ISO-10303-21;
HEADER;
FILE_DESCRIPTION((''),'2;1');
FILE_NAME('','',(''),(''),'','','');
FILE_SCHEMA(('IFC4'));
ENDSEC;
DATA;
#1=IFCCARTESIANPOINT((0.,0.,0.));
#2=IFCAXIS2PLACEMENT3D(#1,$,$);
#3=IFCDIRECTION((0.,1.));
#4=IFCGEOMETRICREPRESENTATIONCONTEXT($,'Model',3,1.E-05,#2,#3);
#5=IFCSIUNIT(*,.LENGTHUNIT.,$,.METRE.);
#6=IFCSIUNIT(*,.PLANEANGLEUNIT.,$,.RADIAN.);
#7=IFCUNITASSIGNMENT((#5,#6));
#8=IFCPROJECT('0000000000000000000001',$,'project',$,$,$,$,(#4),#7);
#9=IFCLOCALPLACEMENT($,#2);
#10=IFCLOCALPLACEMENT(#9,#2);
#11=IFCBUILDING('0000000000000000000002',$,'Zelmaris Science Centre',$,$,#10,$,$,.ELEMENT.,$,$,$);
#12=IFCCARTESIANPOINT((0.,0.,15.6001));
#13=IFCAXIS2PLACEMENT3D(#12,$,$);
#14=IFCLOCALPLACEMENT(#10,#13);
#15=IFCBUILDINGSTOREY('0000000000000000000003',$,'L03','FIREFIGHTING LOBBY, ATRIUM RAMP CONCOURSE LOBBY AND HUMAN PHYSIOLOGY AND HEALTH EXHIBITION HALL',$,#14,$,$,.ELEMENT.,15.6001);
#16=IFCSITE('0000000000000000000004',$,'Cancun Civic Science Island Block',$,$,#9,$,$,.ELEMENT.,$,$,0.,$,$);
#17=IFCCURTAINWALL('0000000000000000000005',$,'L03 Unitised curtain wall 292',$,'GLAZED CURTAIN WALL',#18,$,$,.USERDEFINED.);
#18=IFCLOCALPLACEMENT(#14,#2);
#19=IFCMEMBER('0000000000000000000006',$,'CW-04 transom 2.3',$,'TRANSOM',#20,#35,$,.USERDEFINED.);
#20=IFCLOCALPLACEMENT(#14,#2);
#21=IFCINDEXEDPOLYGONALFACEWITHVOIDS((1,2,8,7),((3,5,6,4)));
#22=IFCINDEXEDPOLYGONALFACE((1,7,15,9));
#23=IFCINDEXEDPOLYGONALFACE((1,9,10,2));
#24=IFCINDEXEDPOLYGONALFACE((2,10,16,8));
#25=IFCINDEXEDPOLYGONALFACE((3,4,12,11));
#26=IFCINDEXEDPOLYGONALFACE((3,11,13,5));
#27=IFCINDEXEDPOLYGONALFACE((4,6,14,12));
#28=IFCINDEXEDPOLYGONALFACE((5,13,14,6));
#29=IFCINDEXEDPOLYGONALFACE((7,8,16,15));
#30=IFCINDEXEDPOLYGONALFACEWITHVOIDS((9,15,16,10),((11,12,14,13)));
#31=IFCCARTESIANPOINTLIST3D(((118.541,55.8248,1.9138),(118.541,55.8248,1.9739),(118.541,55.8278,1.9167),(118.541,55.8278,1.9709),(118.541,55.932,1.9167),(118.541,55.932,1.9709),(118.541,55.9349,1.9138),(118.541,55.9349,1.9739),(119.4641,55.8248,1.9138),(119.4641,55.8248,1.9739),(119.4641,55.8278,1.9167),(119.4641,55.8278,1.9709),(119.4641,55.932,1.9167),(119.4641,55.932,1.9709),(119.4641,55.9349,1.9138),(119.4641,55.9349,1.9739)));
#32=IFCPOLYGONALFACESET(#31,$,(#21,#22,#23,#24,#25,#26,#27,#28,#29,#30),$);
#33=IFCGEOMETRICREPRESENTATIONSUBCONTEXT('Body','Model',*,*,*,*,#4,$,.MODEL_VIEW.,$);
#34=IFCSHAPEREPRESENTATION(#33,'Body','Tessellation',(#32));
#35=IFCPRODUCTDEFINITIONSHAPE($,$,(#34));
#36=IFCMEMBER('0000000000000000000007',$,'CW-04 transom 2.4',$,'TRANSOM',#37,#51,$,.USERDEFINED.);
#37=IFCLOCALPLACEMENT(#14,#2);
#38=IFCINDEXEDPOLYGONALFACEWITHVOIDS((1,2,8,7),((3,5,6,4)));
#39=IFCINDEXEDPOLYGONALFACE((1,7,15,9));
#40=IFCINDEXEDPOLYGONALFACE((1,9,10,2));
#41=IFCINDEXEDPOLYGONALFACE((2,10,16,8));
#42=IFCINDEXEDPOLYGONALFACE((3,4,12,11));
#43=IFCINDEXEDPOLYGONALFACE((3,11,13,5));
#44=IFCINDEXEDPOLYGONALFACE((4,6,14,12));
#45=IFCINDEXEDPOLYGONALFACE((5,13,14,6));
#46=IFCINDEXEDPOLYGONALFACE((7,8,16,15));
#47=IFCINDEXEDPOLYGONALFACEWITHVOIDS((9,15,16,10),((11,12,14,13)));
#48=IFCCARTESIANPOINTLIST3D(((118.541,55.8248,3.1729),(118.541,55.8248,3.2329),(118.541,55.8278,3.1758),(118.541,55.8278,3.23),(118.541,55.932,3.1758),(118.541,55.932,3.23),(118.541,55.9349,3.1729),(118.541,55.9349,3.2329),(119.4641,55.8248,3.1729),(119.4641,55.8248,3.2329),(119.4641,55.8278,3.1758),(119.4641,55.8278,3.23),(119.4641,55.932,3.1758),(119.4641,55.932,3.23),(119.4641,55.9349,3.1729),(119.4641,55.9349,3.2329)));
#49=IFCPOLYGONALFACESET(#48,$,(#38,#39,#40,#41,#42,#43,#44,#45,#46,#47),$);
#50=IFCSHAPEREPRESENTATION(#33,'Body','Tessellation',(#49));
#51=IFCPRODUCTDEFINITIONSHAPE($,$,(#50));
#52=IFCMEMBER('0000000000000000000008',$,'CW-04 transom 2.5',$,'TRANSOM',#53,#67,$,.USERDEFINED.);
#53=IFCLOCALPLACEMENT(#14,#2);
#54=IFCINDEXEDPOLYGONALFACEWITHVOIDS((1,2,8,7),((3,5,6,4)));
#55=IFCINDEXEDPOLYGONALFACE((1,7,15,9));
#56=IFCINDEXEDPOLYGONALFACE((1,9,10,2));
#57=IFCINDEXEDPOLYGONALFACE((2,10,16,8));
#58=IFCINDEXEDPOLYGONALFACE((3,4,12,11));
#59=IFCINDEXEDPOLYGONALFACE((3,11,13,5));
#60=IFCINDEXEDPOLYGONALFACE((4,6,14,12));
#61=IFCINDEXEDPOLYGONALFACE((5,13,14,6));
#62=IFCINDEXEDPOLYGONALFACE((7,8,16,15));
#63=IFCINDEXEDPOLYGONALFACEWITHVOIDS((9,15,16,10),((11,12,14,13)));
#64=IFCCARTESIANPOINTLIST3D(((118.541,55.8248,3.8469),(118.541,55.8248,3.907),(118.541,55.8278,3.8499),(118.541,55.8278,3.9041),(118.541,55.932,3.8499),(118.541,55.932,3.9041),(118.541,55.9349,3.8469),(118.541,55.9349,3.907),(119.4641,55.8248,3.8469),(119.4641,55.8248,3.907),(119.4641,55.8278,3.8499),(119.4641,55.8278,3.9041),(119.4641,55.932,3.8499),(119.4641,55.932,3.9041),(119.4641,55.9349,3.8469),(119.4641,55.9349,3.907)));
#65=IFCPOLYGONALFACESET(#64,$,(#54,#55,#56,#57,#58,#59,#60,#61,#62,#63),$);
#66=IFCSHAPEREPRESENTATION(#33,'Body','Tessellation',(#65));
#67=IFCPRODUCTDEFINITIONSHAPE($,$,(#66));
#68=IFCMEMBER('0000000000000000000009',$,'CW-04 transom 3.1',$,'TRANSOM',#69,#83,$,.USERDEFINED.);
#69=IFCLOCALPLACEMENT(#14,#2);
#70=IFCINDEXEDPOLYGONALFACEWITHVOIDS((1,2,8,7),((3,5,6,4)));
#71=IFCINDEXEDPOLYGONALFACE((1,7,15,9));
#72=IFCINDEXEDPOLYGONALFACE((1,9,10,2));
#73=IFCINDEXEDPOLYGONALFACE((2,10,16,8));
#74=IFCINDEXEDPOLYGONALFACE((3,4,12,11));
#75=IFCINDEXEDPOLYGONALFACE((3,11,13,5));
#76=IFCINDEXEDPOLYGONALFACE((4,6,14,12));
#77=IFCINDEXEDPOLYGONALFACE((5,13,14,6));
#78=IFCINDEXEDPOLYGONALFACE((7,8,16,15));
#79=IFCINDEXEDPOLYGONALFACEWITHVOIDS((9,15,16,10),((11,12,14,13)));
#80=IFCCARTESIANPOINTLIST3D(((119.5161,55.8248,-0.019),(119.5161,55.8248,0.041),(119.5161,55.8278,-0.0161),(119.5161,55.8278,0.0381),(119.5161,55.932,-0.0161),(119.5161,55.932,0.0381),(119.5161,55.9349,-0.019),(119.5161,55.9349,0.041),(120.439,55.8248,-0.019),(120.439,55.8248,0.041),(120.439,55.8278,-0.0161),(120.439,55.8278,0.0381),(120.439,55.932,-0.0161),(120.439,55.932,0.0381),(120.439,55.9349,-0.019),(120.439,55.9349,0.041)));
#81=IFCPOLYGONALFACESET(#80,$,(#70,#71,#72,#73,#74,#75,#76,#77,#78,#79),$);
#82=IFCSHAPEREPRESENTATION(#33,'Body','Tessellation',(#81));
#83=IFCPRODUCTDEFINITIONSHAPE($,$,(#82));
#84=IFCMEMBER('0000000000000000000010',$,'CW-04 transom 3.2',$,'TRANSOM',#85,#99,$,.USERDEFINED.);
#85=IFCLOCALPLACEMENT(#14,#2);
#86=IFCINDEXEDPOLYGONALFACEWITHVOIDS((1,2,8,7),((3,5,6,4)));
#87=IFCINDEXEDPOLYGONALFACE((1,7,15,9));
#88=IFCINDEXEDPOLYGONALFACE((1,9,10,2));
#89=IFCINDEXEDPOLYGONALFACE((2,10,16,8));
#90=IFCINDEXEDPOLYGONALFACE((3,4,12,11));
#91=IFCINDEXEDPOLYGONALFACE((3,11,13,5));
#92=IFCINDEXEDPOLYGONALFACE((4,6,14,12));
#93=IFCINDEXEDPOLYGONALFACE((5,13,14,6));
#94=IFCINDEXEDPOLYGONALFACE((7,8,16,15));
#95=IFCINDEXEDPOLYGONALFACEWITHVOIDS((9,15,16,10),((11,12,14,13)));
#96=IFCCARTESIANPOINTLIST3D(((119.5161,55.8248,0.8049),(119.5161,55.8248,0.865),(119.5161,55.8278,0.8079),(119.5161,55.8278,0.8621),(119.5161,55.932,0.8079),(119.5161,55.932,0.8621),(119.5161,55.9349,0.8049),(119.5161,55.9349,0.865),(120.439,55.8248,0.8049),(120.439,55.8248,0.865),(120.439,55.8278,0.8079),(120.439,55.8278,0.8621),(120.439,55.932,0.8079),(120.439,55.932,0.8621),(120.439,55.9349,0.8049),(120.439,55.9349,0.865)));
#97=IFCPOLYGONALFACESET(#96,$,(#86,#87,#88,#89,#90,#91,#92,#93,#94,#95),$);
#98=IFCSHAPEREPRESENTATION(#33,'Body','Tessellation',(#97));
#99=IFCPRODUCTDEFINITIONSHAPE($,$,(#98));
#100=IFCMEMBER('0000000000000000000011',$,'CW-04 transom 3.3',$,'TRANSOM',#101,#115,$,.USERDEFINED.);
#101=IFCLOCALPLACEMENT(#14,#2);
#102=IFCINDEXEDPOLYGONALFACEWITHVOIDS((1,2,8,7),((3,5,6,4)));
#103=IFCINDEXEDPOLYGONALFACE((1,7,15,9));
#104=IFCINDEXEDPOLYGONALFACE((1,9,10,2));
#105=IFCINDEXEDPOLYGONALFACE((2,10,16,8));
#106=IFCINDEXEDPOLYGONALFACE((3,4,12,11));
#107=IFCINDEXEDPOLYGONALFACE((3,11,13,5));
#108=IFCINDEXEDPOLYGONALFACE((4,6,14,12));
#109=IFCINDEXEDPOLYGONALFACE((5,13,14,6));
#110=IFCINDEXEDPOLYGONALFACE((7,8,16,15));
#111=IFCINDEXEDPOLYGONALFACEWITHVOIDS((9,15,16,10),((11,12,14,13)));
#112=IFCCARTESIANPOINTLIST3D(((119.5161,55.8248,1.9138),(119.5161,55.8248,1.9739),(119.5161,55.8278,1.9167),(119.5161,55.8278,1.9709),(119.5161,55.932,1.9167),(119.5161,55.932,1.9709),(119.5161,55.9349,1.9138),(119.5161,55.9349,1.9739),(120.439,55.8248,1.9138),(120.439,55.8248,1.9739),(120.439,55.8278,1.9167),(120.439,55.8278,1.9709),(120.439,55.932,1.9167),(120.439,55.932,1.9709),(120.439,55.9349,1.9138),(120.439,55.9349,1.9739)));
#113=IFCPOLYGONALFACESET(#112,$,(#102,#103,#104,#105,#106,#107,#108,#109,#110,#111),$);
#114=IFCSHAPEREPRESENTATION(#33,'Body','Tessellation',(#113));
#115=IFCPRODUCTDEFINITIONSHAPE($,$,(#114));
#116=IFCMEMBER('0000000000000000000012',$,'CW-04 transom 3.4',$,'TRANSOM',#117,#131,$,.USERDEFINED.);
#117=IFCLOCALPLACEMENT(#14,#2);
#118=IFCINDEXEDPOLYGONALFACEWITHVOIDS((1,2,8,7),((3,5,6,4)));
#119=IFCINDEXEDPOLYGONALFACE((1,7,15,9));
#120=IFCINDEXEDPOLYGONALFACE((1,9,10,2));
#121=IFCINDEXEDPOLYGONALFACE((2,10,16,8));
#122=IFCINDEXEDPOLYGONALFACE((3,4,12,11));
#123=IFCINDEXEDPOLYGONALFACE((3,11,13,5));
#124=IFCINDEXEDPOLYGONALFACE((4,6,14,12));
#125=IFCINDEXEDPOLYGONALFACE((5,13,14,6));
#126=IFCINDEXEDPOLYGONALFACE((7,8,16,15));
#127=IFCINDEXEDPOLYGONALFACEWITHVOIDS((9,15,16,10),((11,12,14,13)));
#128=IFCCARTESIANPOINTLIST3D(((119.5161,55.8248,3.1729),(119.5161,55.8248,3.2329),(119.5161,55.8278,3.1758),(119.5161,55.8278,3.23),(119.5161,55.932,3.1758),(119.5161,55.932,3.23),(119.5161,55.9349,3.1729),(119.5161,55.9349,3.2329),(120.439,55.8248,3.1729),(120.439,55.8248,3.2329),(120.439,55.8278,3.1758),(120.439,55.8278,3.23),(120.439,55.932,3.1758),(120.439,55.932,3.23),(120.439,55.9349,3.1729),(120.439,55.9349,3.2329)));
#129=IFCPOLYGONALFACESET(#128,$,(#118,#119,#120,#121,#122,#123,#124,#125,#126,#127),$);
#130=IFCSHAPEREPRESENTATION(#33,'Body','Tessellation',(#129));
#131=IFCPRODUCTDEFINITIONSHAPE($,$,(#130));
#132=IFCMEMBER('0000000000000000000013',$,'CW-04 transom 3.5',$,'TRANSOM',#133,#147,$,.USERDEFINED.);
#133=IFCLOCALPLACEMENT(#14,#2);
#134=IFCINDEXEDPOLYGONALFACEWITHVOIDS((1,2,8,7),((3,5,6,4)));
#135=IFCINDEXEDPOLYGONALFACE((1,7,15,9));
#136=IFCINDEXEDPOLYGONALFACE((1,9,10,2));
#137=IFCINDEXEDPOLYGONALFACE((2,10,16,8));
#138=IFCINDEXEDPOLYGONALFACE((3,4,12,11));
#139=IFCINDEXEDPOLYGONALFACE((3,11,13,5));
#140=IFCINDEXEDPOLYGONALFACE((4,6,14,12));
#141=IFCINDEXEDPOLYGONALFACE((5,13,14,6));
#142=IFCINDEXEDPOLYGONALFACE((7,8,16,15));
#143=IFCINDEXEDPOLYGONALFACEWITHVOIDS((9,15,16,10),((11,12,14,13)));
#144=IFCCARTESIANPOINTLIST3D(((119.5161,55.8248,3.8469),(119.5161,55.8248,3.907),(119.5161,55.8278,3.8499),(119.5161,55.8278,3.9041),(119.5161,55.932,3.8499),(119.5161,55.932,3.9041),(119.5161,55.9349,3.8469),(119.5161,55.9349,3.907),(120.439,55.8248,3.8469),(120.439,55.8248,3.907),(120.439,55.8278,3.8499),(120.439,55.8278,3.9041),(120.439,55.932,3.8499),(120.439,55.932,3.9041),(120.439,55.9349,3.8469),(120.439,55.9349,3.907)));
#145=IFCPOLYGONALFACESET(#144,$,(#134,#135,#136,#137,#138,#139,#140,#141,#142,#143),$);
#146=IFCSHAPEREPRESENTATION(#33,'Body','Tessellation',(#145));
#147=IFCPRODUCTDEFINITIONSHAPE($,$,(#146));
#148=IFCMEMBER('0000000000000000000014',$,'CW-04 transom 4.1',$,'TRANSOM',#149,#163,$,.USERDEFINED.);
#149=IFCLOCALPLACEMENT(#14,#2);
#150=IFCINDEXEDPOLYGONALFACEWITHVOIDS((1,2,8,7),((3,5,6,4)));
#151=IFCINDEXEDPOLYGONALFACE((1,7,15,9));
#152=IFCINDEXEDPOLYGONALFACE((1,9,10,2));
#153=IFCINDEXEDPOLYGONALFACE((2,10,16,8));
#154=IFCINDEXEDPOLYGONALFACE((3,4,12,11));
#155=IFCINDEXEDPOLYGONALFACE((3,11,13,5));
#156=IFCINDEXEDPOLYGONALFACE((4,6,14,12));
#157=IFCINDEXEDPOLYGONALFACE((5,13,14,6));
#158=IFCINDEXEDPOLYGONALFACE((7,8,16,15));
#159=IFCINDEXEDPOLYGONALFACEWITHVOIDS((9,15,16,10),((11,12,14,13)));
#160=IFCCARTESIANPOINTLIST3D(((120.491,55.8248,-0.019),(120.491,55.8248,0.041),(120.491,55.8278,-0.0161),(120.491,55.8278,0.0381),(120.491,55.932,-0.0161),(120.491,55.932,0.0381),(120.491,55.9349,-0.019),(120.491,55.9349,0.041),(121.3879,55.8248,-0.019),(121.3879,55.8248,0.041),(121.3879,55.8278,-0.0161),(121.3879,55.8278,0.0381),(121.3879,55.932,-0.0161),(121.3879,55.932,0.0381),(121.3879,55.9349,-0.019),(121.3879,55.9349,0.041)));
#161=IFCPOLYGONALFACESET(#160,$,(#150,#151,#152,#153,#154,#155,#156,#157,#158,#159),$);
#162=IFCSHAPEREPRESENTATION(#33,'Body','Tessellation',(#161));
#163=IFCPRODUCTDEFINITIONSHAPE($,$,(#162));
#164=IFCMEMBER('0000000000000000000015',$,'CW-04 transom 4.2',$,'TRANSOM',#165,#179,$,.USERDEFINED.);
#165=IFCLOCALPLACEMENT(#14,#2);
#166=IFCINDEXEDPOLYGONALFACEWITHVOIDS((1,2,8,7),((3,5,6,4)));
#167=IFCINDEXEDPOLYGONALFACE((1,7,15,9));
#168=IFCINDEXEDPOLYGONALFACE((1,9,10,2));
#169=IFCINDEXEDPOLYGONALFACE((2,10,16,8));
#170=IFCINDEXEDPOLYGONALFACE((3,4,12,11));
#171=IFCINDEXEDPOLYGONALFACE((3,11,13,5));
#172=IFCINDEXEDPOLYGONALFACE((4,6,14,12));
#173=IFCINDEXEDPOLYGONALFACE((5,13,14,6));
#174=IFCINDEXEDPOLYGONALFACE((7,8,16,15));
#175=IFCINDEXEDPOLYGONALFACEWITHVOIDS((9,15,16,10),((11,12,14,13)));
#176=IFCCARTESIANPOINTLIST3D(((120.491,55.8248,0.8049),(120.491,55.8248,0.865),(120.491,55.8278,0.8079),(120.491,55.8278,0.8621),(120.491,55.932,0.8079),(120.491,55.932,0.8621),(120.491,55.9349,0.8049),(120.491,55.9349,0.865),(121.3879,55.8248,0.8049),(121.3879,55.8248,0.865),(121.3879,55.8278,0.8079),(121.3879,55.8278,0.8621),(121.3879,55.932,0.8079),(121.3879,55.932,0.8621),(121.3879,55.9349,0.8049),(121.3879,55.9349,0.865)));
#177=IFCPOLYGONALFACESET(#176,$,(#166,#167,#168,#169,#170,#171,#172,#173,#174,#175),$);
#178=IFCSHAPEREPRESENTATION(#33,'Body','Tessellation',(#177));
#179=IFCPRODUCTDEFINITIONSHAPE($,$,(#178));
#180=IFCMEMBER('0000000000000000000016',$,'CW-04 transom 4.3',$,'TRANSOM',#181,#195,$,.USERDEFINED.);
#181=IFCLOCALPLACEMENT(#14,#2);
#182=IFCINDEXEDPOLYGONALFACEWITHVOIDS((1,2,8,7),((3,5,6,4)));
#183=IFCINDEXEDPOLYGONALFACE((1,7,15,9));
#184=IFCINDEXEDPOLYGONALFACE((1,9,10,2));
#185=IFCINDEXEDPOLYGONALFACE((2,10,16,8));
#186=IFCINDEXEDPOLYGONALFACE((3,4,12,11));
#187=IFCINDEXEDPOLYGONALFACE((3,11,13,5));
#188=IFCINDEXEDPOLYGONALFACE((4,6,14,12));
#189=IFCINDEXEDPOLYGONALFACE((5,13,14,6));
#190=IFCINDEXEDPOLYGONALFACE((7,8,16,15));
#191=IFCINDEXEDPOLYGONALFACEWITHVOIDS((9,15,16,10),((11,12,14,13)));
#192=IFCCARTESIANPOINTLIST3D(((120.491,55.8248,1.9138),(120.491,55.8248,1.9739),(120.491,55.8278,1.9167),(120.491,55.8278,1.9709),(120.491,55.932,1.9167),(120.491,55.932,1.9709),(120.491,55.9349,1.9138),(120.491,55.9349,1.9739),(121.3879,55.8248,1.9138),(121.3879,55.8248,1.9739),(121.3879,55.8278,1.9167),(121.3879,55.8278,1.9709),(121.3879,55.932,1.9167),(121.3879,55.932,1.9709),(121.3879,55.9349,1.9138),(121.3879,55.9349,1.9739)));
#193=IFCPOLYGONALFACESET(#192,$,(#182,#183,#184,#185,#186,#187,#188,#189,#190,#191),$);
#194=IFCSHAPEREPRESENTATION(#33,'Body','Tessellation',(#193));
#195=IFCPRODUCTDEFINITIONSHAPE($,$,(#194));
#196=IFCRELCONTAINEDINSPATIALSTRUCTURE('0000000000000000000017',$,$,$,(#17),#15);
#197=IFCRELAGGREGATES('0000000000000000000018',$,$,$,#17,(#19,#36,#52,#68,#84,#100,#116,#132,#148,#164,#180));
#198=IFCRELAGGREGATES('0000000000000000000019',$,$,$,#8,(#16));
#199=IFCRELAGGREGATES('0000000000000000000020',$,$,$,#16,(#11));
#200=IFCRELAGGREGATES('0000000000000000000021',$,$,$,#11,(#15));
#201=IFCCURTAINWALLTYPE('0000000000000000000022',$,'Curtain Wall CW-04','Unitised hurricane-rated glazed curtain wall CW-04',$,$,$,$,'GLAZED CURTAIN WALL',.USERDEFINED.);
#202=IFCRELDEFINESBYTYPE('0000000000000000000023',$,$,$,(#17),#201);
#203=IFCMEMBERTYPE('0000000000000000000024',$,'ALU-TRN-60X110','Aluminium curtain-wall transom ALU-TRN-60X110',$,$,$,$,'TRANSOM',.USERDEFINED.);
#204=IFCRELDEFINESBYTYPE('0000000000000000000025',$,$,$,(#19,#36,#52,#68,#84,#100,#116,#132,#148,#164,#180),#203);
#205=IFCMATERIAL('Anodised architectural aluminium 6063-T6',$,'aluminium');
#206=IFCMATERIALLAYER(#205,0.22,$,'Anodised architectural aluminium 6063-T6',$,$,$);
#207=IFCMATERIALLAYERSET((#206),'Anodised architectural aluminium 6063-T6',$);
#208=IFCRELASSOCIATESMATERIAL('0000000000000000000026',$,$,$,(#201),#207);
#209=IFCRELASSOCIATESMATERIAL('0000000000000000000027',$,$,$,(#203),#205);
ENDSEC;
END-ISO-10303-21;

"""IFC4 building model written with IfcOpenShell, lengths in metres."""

from ifc_helpers import new_model, si_unit, direction, frame, origin, origin_2d, place, context, subcontext, project, spatial, hollow_rectangle, extrude, material, layer, layer_set, material_profile, profile_set, type_object, element, aggregate, save


model = new_model("IFC4")

# Units and contexts
model_context = context("Model", 3, precision=1e-05, world=origin(), true_north=direction((0.0, 1.0)))
body_context = subcontext(model_context, "Body", "Model", "MODEL_VIEW")
ifc_project = project(units=[si_unit("LENGTHUNIT", "METRE"), si_unit("PLANEANGLEUNIT", "RADIAN")], contexts=[model_context])

# Site, building, storey
site_placement = place(None, origin())
site = spatial("IfcSite", under=ifc_project, at=site_placement, Name="Cancun Civic Science Island Block", CompositionType="ELEMENT", RefElevation=0.0)
building_placement = place(site_placement, origin())
building = spatial("IfcBuilding", under=site, at=building_placement, Name="Zelmaris Science Centre", CompositionType="ELEMENT")
storey_placement = place(building_placement, frame((0.0, 0.0, 15.6001)))
storey = spatial("IfcBuildingStorey", under=building, at=storey_placement, Name="L03", Description="FIREFIGHTING LOBBY, ATRIUM RAMP CONCOURSE LOBBY AND HUMAN PHYSIOLOGY AND HEALTH EXHIBITION HALL", CompositionType="ELEMENT", Elevation=15.6001)

# Curtain wall, members
ifc_material_1 = material(Name="Anodised architectural aluminium 6063-T6", Category="aluminium")
ifc_layer_1 = layer(ifc_material_1, 0.22, Name="Anodised architectural aluminium 6063-T6")
ifc_layer_set_1 = layer_set([ifc_layer_1], Name="Anodised architectural aluminium 6063-T6")
curtain_wall_type = type_object("IfcCurtainWallType", Name="Curtain Wall CW-04", Description="Unitised hurricane-rated glazed curtain wall CW-04", ElementType="GLAZED CURTAIN WALL", PredefinedType="USERDEFINED", material=ifc_layer_set_1)
curtain_wall_placement = place(storey_placement, origin())
curtain_wall = element("IfcCurtainWall", 1, at=curtain_wall_placement, inside=storey, type_object=curtain_wall_type, Name="L03 Unitised curtain wall 292", ObjectType="GLAZED CURTAIN WALL", PredefinedType="USERDEFINED")
ifc_material_profile_1 = material_profile(ifc_material_1, hollow_rectangle(XDim=0.0601, YDim=0.1101, WallThickness=0.0029, at=origin_2d()), Name="ALU-TRN-60X110")
ifc_profile_set_1 = profile_set([ifc_material_profile_1], Name="Anodised architectural aluminium 6063-T6")
member_type_1 = type_object("IfcMemberType", Name="ALU-TRN-60X110", Description="Aluminium curtain-wall transom ALU-TRN-60X110", ElementType="TRANSOM", PredefinedType="USERDEFINED", material=ifc_profile_set_1)
member_1_placement = place(storey_placement, frame((118.541, 55.8799, 1.9438), z_axis=(1.0, 0.0, 0.0), x_axis=(0.0, 0.0, 1.0)))
member_1 = element("IfcMember", 2, at=member_1_placement, type_object=member_type_1, Name="CW-04 transom 2.3", ObjectType="TRANSOM", PredefinedType="USERDEFINED", context=body_context, shape_type="SweptSolid", body=[
    extrude(hollow_rectangle(XDim=0.0601, YDim=0.1101, WallThickness=0.0029, at=origin_2d()), origin(), (0.0, 0.0, 1.0), 0.9231),
])
member_2_placement = place(storey_placement, frame((118.541, 55.8799, 3.2029), z_axis=(1.0, 0.0, 0.0), x_axis=(0.0, 0.0, 1.0)))
member_2 = element("IfcMember", 3, at=member_2_placement, type_object=member_type_1, Name="CW-04 transom 2.4", ObjectType="TRANSOM", PredefinedType="USERDEFINED", context=body_context, shape_type="SweptSolid", body=[
    extrude(hollow_rectangle(XDim=0.0601, YDim=0.1101, WallThickness=0.0029, at=origin_2d()), origin(), (0.0, 0.0, 1.0), 0.9231),
])
member_3_placement = place(storey_placement, frame((118.541, 55.8799, 3.877), z_axis=(1.0, 0.0, 0.0), x_axis=(0.0, 0.0, 1.0)))
member_3 = element("IfcMember", 4, at=member_3_placement, type_object=member_type_1, Name="CW-04 transom 2.5", ObjectType="TRANSOM", PredefinedType="USERDEFINED", context=body_context, shape_type="SweptSolid", body=[
    extrude(hollow_rectangle(XDim=0.0601, YDim=0.1101, WallThickness=0.0029, at=origin_2d()), origin(), (0.0, 0.0, 1.0), 0.9231),
])
member_4_placement = place(storey_placement, frame((119.5161, 55.8799, 0.011), z_axis=(1.0, 0.0, 0.0), x_axis=(0.0, 0.0, 1.0)))
member_4 = element("IfcMember", 5, at=member_4_placement, type_object=member_type_1, Name="CW-04 transom 3.1", ObjectType="TRANSOM", PredefinedType="USERDEFINED", context=body_context, shape_type="SweptSolid", body=[
    extrude(hollow_rectangle(XDim=0.0601, YDim=0.1101, WallThickness=0.0029, at=origin_2d()), origin(), (0.0, 0.0, 1.0), 0.9229),
])
member_5_placement = place(storey_placement, frame((119.5161, 55.8799, 0.835), z_axis=(1.0, 0.0, 0.0), x_axis=(0.0, 0.0, 1.0)))
member_5 = element("IfcMember", 6, at=member_5_placement, type_object=member_type_1, Name="CW-04 transom 3.2", ObjectType="TRANSOM", PredefinedType="USERDEFINED", context=body_context, shape_type="SweptSolid", body=[
    extrude(hollow_rectangle(XDim=0.0601, YDim=0.1101, WallThickness=0.0029, at=origin_2d()), origin(), (0.0, 0.0, 1.0), 0.9229),
])
member_6_placement = place(storey_placement, frame((119.5161, 55.8799, 1.9438), z_axis=(1.0, 0.0, 0.0), x_axis=(0.0, 0.0, 1.0)))
member_6 = element("IfcMember", 7, at=member_6_placement, type_object=member_type_1, Name="CW-04 transom 3.3", ObjectType="TRANSOM", PredefinedType="USERDEFINED", context=body_context, shape_type="SweptSolid", body=[
    extrude(hollow_rectangle(XDim=0.0601, YDim=0.1101, WallThickness=0.0029, at=origin_2d()), origin(), (0.0, 0.0, 1.0), 0.9229),
])
member_7_placement = place(storey_placement, frame((119.5161, 55.8799, 3.2029), z_axis=(1.0, 0.0, 0.0), x_axis=(0.0, 0.0, 1.0)))
member_7 = element("IfcMember", 8, at=member_7_placement, type_object=member_type_1, Name="CW-04 transom 3.4", ObjectType="TRANSOM", PredefinedType="USERDEFINED", context=body_context, shape_type="SweptSolid", body=[
    extrude(hollow_rectangle(XDim=0.0601, YDim=0.1101, WallThickness=0.0029, at=origin_2d()), origin(), (0.0, 0.0, 1.0), 0.9229),
])
member_8_placement = place(storey_placement, frame((119.5161, 55.8799, 3.877), z_axis=(1.0, 0.0, 0.0), x_axis=(0.0, 0.0, 1.0)))
member_8 = element("IfcMember", 9, at=member_8_placement, type_object=member_type_1, Name="CW-04 transom 3.5", ObjectType="TRANSOM", PredefinedType="USERDEFINED", context=body_context, shape_type="SweptSolid", body=[
    extrude(hollow_rectangle(XDim=0.0601, YDim=0.1101, WallThickness=0.0029, at=origin_2d()), origin(), (0.0, 0.0, 1.0), 0.9229),
])
member_9_placement = place(storey_placement, frame((120.491, 55.8799, 0.011), z_axis=(1.0, 0.0, 0.0), x_axis=(0.0, 0.0, 1.0)))
member_9 = element("IfcMember", 10, at=member_9_placement, type_object=member_type_1, Name="CW-04 transom 4.1", ObjectType="TRANSOM", PredefinedType="USERDEFINED", context=body_context, shape_type="SweptSolid", body=[
    extrude(hollow_rectangle(XDim=0.0601, YDim=0.1101, WallThickness=0.0029, at=origin_2d()), origin(), (0.0, 0.0, 1.0), 0.897),
])
member_10_placement = place(storey_placement, frame((120.491, 55.8799, 0.835), z_axis=(1.0, 0.0, 0.0), x_axis=(0.0, 0.0, 1.0)))
member_10 = element("IfcMember", 11, at=member_10_placement, type_object=member_type_1, Name="CW-04 transom 4.2", ObjectType="TRANSOM", PredefinedType="USERDEFINED", context=body_context, shape_type="SweptSolid", body=[
    extrude(hollow_rectangle(XDim=0.0601, YDim=0.1101, WallThickness=0.0029, at=origin_2d()), origin(), (0.0, 0.0, 1.0), 0.897),
])
member_11_placement = place(storey_placement, frame((120.491, 55.8799, 1.9438), z_axis=(1.0, 0.0, 0.0), x_axis=(0.0, 0.0, 1.0)))
member_11 = element("IfcMember", 12, at=member_11_placement, type_object=member_type_1, Name="CW-04 transom 4.3", ObjectType="TRANSOM", PredefinedType="USERDEFINED", context=body_context, shape_type="SweptSolid", body=[
    extrude(hollow_rectangle(XDim=0.0601, YDim=0.1101, WallThickness=0.0029, at=origin_2d()), origin(), (0.0, 0.0, 1.0), 0.897),
])
aggregate(curtain_wall, [member_1, member_2, member_3, member_4, member_5, member_6, member_7, member_8, member_9, member_10, member_11])

save(model, "model.ifc")
